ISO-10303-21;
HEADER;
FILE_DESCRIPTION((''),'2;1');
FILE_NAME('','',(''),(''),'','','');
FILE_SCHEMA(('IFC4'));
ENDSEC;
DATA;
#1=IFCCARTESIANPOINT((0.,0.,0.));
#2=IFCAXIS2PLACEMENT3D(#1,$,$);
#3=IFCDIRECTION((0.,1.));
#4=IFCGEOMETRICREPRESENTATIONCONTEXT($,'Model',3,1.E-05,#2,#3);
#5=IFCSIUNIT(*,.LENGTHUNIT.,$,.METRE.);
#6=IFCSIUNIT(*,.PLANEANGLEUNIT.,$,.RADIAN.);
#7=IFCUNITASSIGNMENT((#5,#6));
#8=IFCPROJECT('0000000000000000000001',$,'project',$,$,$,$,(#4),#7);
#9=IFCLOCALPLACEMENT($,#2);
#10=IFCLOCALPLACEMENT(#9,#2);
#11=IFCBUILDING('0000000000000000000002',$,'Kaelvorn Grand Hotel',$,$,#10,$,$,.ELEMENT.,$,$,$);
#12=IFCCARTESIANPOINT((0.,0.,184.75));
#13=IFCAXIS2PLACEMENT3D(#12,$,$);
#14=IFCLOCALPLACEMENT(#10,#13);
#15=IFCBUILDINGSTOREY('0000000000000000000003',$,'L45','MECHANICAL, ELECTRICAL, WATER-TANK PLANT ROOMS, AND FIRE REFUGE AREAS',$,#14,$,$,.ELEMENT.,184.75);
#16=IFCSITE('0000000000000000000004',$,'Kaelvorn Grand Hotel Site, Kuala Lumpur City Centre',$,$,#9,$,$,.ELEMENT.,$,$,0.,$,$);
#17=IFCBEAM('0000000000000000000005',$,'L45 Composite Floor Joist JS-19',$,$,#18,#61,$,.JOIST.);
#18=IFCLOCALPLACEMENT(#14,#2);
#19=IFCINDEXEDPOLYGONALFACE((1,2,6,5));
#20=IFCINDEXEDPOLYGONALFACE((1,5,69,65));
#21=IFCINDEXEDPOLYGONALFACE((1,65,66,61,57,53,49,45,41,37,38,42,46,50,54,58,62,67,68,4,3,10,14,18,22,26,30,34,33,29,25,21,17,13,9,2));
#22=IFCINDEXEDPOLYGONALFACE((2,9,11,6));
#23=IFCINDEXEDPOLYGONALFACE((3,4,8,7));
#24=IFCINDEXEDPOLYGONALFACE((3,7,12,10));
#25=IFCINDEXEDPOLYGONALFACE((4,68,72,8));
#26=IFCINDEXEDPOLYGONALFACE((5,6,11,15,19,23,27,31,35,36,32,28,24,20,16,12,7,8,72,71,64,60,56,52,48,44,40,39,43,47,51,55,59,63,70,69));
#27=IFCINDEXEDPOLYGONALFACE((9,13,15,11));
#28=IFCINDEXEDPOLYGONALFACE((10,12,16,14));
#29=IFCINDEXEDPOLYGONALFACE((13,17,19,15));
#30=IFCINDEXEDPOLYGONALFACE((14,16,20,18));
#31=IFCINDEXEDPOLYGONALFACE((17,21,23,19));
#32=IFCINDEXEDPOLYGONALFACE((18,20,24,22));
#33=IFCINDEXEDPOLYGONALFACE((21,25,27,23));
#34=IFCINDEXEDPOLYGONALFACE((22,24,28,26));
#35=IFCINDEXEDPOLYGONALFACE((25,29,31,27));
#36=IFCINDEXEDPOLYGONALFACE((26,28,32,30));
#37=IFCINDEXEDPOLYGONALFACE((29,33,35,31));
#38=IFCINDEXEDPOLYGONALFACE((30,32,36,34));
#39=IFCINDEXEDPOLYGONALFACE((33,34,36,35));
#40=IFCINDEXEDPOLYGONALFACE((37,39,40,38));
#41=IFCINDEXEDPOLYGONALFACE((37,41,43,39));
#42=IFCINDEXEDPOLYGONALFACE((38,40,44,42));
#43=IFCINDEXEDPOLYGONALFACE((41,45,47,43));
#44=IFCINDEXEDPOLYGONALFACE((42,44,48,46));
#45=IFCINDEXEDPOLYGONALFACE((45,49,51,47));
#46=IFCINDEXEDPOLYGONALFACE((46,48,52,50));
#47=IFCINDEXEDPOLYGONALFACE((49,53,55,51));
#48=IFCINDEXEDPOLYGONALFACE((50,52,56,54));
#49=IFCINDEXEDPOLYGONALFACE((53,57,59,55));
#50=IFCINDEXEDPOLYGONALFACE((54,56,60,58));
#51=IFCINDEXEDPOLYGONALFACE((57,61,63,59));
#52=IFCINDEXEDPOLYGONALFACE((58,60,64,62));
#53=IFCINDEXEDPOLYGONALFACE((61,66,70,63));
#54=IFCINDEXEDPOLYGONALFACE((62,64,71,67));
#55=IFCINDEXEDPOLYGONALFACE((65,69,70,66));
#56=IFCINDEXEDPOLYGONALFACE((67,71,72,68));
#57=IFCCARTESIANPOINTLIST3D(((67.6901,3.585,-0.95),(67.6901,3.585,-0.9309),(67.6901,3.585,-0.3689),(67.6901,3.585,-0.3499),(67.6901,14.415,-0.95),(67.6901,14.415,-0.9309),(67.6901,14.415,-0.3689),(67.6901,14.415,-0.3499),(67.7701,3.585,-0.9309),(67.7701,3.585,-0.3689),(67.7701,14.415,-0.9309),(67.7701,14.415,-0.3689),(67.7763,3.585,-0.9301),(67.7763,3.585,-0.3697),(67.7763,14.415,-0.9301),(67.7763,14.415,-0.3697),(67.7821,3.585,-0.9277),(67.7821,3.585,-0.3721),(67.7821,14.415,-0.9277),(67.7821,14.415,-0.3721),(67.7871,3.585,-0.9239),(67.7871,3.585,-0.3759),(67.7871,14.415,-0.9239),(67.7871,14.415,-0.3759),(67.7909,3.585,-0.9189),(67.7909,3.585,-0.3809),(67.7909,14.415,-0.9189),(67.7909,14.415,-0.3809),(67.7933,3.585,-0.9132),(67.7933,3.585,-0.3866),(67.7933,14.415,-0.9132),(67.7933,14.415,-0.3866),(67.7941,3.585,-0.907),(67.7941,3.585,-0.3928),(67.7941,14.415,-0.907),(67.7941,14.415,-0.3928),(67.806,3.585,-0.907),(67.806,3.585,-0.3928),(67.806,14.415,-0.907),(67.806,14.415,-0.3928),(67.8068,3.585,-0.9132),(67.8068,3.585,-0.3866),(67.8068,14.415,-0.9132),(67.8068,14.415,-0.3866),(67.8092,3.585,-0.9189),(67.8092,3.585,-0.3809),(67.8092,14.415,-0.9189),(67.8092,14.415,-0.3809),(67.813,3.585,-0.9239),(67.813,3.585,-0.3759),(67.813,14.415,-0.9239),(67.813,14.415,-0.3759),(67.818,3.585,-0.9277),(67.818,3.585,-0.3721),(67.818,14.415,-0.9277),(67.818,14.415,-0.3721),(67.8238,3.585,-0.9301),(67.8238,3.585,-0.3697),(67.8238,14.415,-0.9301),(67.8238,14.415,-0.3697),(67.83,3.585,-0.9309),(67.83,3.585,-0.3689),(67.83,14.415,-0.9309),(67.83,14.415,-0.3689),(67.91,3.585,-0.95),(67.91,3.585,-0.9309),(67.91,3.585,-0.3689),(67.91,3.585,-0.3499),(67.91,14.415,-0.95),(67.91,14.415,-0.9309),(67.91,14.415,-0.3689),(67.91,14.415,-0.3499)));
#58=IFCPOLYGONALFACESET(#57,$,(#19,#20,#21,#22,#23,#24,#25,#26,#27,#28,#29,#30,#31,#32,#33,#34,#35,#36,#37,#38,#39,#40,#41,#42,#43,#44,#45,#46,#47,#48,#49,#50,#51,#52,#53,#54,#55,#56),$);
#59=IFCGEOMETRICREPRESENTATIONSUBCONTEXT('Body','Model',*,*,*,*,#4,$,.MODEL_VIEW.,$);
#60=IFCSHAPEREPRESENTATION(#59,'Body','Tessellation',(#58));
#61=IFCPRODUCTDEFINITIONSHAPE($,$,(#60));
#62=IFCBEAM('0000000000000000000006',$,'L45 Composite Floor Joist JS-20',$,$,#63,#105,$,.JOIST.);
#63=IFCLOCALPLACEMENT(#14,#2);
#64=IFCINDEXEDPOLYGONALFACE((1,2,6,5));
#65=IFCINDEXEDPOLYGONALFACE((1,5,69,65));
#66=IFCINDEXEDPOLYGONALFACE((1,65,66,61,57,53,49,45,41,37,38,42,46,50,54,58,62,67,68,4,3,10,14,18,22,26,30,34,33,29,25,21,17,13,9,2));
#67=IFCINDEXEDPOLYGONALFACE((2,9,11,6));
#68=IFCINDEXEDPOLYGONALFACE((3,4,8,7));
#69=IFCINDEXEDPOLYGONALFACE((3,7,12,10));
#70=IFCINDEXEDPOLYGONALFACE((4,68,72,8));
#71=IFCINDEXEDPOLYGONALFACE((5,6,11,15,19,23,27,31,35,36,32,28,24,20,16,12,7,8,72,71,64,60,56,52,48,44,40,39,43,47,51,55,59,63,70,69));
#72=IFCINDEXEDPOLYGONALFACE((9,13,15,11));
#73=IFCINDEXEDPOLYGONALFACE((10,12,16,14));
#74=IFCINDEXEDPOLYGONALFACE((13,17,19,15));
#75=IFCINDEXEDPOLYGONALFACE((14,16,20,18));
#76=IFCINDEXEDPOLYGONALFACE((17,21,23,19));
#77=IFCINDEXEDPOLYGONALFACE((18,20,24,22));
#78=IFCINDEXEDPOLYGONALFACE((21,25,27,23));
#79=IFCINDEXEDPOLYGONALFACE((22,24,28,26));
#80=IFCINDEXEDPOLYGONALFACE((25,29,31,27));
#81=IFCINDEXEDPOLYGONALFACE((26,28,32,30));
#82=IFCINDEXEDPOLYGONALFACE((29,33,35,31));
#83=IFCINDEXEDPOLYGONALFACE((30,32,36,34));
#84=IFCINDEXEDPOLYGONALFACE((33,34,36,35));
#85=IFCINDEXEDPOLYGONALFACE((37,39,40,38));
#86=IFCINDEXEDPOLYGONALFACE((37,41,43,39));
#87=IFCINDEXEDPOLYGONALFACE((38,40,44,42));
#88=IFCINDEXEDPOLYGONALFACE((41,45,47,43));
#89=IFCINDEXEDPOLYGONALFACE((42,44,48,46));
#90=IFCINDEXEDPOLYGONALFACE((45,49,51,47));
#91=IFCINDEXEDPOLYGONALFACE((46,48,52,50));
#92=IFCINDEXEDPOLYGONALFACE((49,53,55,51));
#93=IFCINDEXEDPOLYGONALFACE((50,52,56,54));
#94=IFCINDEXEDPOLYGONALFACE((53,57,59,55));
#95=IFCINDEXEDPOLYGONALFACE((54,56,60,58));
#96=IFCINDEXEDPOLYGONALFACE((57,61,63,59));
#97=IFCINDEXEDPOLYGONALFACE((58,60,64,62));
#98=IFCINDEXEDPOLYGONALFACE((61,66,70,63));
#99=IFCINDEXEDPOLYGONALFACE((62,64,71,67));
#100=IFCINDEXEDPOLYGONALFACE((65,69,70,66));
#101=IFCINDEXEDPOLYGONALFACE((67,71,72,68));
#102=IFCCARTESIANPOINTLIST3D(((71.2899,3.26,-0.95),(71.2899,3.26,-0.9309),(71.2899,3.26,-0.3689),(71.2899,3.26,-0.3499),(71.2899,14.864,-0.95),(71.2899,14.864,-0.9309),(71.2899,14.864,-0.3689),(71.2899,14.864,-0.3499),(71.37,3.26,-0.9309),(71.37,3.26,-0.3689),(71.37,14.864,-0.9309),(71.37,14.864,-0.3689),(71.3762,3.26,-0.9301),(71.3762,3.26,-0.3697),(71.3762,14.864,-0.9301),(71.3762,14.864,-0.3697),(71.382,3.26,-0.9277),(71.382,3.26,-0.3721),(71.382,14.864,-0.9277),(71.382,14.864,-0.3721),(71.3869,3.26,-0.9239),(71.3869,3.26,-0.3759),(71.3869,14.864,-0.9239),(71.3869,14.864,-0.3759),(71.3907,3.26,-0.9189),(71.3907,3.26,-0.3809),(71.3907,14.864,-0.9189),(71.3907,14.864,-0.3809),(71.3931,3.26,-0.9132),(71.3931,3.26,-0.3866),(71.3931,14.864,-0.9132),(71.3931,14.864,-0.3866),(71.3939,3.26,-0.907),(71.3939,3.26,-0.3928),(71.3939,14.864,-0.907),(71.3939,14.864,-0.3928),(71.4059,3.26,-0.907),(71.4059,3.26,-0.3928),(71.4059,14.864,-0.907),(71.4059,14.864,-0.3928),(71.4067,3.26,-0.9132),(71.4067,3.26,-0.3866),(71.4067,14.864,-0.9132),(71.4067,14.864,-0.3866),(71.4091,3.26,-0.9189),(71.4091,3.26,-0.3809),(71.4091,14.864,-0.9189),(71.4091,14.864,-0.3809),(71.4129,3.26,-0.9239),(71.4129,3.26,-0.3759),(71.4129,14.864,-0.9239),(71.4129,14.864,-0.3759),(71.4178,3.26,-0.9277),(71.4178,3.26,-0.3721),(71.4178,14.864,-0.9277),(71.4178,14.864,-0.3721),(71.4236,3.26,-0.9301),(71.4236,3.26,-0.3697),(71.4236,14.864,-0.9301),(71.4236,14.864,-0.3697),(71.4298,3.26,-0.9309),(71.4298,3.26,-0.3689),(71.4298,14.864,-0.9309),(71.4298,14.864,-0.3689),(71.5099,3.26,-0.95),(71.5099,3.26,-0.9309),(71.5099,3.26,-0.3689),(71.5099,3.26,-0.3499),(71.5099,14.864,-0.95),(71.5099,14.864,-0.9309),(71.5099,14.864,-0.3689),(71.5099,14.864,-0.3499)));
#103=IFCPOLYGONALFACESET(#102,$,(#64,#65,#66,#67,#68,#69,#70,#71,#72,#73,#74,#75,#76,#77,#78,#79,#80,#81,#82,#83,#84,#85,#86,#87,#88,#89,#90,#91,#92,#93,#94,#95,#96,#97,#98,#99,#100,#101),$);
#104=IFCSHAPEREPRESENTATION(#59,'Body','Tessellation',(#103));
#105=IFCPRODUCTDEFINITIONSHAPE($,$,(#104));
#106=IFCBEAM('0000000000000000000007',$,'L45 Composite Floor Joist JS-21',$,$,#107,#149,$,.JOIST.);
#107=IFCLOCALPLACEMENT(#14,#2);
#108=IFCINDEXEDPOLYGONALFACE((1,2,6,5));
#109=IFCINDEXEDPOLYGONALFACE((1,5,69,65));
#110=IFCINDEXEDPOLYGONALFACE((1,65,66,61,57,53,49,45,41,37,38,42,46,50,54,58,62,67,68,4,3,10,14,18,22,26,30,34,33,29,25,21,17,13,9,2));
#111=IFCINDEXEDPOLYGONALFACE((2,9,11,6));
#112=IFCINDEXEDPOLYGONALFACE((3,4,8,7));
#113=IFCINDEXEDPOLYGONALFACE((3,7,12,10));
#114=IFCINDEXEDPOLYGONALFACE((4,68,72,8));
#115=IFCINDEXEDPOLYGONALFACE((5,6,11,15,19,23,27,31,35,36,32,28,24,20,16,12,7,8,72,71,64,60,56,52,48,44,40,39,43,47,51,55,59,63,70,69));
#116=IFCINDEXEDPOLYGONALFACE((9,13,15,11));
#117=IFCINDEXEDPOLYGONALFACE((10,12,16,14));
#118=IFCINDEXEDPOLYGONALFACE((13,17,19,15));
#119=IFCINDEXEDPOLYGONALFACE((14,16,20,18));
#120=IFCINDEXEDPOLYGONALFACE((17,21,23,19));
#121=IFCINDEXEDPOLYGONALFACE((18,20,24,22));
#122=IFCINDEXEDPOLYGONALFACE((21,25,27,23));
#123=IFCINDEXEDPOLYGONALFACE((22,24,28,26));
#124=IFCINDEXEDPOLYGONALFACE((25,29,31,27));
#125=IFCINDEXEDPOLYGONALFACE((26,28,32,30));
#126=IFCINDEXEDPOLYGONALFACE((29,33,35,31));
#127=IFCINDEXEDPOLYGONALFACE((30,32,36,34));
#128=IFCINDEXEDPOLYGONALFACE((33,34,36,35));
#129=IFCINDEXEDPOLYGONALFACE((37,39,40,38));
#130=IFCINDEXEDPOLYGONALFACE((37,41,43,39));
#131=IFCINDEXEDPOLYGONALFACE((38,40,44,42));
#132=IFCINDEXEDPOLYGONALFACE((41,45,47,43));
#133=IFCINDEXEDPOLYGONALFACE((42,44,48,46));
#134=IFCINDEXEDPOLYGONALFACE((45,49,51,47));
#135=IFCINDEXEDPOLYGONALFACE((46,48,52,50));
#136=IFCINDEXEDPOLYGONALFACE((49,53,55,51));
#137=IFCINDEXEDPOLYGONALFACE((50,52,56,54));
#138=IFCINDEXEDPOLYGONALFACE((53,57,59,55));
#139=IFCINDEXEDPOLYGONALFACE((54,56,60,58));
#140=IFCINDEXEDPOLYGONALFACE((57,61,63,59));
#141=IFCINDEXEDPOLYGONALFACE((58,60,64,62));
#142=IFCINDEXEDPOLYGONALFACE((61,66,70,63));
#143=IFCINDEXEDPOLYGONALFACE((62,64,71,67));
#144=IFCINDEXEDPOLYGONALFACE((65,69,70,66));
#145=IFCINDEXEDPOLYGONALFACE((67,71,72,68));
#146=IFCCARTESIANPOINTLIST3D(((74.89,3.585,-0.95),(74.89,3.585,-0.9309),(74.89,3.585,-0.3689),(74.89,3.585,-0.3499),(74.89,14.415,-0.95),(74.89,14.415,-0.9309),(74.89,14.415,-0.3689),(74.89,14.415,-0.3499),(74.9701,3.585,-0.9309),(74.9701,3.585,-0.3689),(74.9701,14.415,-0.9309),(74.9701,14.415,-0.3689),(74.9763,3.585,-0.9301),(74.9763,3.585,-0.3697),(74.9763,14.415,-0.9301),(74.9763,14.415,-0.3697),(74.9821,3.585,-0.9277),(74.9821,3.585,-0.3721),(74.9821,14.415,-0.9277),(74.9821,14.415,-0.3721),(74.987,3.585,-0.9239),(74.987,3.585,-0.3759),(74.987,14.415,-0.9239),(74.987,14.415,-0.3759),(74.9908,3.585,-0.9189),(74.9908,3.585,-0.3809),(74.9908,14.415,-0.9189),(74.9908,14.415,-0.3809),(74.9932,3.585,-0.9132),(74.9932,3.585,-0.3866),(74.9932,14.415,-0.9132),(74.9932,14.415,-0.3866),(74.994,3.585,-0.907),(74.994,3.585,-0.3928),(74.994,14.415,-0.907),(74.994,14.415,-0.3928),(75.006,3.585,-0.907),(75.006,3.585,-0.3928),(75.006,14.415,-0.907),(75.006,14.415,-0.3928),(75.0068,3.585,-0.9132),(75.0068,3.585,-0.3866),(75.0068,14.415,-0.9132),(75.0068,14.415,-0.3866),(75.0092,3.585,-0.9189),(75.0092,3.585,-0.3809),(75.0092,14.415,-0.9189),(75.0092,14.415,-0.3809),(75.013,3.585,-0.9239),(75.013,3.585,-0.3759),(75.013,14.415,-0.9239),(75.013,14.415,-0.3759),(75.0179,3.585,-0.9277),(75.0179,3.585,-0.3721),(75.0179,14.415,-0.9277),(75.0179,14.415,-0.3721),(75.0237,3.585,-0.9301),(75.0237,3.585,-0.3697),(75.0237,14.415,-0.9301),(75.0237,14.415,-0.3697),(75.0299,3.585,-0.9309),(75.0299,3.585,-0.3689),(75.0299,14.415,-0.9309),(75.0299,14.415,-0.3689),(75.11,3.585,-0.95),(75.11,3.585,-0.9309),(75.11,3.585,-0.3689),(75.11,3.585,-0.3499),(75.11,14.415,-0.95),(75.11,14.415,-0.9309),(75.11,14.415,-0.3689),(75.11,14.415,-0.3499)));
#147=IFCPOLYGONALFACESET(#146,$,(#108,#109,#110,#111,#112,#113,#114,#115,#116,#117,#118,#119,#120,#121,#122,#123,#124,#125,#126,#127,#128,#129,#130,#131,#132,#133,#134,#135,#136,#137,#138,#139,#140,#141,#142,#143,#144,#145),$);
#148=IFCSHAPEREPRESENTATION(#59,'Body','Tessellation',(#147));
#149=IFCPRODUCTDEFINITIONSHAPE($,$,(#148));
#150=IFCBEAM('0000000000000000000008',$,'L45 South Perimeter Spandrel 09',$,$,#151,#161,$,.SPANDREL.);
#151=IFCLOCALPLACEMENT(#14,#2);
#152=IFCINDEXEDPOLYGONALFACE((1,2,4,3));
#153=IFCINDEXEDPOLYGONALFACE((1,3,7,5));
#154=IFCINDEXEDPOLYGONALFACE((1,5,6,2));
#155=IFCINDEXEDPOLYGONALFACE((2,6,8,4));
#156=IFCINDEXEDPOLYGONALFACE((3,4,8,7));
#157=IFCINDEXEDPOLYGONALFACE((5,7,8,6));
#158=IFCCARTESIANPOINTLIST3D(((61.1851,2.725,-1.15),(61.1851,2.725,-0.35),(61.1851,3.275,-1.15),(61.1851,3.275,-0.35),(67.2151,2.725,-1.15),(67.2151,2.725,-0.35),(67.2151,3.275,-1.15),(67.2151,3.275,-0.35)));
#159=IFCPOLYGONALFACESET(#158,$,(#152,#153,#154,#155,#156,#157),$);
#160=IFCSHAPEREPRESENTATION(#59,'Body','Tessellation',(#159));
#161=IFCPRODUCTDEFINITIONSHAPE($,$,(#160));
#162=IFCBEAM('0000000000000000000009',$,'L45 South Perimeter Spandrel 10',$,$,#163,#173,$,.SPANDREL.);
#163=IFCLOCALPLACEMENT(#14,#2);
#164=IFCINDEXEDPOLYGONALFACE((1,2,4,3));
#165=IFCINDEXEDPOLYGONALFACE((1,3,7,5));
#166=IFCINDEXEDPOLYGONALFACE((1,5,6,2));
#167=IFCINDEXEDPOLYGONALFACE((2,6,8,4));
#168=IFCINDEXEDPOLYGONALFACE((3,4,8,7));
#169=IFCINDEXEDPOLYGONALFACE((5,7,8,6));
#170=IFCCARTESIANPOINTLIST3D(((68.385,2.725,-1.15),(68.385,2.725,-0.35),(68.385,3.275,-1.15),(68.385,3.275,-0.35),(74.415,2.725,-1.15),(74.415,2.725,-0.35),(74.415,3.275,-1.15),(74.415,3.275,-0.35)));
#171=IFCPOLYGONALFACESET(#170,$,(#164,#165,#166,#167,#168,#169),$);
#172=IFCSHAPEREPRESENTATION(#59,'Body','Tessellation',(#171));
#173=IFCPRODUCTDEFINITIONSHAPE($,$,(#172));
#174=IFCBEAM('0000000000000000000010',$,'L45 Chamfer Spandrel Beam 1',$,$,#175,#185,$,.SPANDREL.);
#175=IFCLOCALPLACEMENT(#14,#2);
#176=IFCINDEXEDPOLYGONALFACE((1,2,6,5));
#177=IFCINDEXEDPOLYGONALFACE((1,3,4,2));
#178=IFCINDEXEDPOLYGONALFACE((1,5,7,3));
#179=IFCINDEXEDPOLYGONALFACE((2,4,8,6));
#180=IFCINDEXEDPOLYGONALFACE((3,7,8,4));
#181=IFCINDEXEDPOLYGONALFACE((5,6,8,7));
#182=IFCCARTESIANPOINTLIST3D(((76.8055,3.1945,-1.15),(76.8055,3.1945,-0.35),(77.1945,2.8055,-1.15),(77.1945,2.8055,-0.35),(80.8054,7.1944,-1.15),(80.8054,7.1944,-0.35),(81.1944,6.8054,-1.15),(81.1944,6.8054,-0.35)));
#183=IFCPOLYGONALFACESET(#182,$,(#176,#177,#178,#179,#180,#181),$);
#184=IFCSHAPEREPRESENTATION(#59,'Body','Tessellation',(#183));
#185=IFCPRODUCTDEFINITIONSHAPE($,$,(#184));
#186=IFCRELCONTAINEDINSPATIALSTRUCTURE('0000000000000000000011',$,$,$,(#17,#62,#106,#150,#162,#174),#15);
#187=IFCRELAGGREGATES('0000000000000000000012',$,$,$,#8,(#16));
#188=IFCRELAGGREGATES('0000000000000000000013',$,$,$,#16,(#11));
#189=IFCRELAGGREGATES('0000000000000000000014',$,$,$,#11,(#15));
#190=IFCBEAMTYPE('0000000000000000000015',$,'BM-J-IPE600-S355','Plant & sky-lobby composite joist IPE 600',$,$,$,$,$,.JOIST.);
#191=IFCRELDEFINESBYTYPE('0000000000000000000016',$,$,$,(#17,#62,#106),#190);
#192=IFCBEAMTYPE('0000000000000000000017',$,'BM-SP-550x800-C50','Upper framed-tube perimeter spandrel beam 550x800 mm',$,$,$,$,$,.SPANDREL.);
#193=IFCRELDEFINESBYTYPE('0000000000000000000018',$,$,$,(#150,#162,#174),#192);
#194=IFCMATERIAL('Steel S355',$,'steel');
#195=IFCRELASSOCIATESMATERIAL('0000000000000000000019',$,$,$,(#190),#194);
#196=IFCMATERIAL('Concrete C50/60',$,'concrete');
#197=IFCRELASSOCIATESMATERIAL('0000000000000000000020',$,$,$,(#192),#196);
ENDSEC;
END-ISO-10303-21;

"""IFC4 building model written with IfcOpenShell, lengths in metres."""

from ifc_helpers import new_model, si_unit, direction, frame, origin, origin_2d, place, context, subcontext, project, spatial, rectangle, i_section, extrude, material, material_profile, profile_set, type_object, element, save


model = new_model("IFC4")

# Units and contexts
model_context = context("Model", 3, precision=1e-05, world=origin(), true_north=direction((0.0, 1.0)))
body_context = subcontext(model_context, "Body", "Model", "MODEL_VIEW")
ifc_project = project(units=[si_unit("LENGTHUNIT", "METRE"), si_unit("PLANEANGLEUNIT", "RADIAN")], contexts=[model_context])

# Site, building, storey
site_placement = place(None, origin())
site = spatial("IfcSite", under=ifc_project, at=site_placement, Name="Kaelvorn Grand Hotel Site, Kuala Lumpur City Centre", CompositionType="ELEMENT", RefElevation=0.0)
building_placement = place(site_placement, origin())
building = spatial("IfcBuilding", under=site, at=building_placement, Name="Kaelvorn Grand Hotel", CompositionType="ELEMENT")
storey_placement = place(building_placement, frame((0.0, 0.0, 184.75)))
storey = spatial("IfcBuildingStorey", under=building, at=storey_placement, Name="L45", Description="MECHANICAL, ELECTRICAL, WATER-TANK PLANT ROOMS, AND FIRE REFUGE AREAS", CompositionType="ELEMENT", Elevation=184.75)

# Beams
ifc_material_1 = material(Name="Steel S355", Category="steel")
ifc_material_profile_1 = material_profile(ifc_material_1, i_section(OverallWidth=0.22, OverallDepth=0.6001, WebThickness=0.012, FlangeThickness=0.019, FilletRadius=0.0239, at=origin_2d()), Name="IPE 600")
ifc_profile_set_1 = profile_set([ifc_material_profile_1], Name="Steel S355")
beam_type_1 = type_object("IfcBeamType", Name="BM-J-IPE600-S355", Description="Plant & sky-lobby composite joist IPE 600", PredefinedType="JOIST", material=ifc_profile_set_1)
beam_1_placement = place(storey_placement, frame((67.8, 3.585, -0.6499), z_axis=(0.0, 1.0, 0.0), x_axis=(-1.0, 0.0, 0.0)))
element("IfcBeam", 1, at=beam_1_placement, inside=storey, type_object=beam_type_1, Name="L45 Composite Floor Joist JS-19", PredefinedType="JOIST", context=body_context, shape_type="SweptSolid", body=[
    extrude(i_section(OverallWidth=0.22, OverallDepth=0.6001, WebThickness=0.012, FlangeThickness=0.019, FilletRadius=0.0239, at=origin_2d()), origin(), (0.0, 0.0, 1.0), 10.8301),
])
beam_2_placement = place(storey_placement, frame((71.3999, 3.26, -0.6499), z_axis=(0.0, 1.0, 0.0), x_axis=(-1.0, 0.0, 0.0)))
element("IfcBeam", 2, at=beam_2_placement, inside=storey, type_object=beam_type_1, Name="L45 Composite Floor Joist JS-20", PredefinedType="JOIST", context=body_context, shape_type="SweptSolid", body=[
    extrude(i_section(OverallWidth=0.22, OverallDepth=0.6001, WebThickness=0.012, FlangeThickness=0.019, FilletRadius=0.0239, at=origin_2d()), origin(), (0.0, 0.0, 1.0), 11.604),
])
beam_3_placement = place(storey_placement, frame((75.0, 3.585, -0.6499), z_axis=(0.0, 1.0, 0.0), x_axis=(-1.0, 0.0, 0.0)))
element("IfcBeam", 3, at=beam_3_placement, inside=storey, type_object=beam_type_1, Name="L45 Composite Floor Joist JS-21", PredefinedType="JOIST", context=body_context, shape_type="SweptSolid", body=[
    extrude(i_section(OverallWidth=0.22, OverallDepth=0.6001, WebThickness=0.012, FlangeThickness=0.019, FilletRadius=0.0239, at=origin_2d()), origin(), (0.0, 0.0, 1.0), 10.8301),
])
ifc_material_2 = material(Name="Concrete C50/60", Category="concrete")
ifc_material_profile_2 = material_profile(ifc_material_2, rectangle(XDim=0.55, YDim=0.8, at=origin_2d()), Name="RC SPANDREL 550x800")
ifc_profile_set_2 = profile_set([ifc_material_profile_2], Name="Concrete C50/60")
beam_type_2 = type_object("IfcBeamType", Name="BM-SP-550x800-C50", Description="Upper framed-tube perimeter spandrel beam 550x800 mm", PredefinedType="SPANDREL", material=ifc_profile_set_2)
for number, where, z_axis, x_axis, name in (
    (4, (61.1851, 3.0, -0.75), (1.0, 0.0, 0.0), (0.0, 1.0, 0.0), "L45 South Perimeter Spandrel 09"),
    (5, (68.385, 3.0, -0.75), (1.0, 0.0, 0.0), (0.0, 1.0, 0.0), "L45 South Perimeter Spandrel 10"),
):
    element("IfcBeam", number, at=place(storey_placement, frame(where, z_axis=z_axis, x_axis=x_axis)), inside=storey, type_object=beam_type_2, Name=name, PredefinedType="SPANDREL", context=body_context, shape_type="SweptSolid", body=[
        extrude(rectangle(XDim=0.55, YDim=0.8, at=origin_2d()), origin(), (0.0, 0.0, 1.0), 6.03),
    ])
beam_4_placement = place(storey_placement, frame((77.0, 3.0, -0.75), z_axis=(0.707107, 0.707107, 0.0), x_axis=(-0.707107, 0.707107, 0.0)))
element("IfcBeam", 6, at=beam_4_placement, inside=storey, type_object=beam_type_2, Name="L45 Chamfer Spandrel Beam 1", PredefinedType="SPANDREL", context=body_context, shape_type="SweptSolid", body=[
    extrude(rectangle(XDim=0.55, YDim=0.8, at=origin_2d()), origin(), (0.0, 0.0, 1.0), 5.6567),
])

save(model, "model.ifc")
